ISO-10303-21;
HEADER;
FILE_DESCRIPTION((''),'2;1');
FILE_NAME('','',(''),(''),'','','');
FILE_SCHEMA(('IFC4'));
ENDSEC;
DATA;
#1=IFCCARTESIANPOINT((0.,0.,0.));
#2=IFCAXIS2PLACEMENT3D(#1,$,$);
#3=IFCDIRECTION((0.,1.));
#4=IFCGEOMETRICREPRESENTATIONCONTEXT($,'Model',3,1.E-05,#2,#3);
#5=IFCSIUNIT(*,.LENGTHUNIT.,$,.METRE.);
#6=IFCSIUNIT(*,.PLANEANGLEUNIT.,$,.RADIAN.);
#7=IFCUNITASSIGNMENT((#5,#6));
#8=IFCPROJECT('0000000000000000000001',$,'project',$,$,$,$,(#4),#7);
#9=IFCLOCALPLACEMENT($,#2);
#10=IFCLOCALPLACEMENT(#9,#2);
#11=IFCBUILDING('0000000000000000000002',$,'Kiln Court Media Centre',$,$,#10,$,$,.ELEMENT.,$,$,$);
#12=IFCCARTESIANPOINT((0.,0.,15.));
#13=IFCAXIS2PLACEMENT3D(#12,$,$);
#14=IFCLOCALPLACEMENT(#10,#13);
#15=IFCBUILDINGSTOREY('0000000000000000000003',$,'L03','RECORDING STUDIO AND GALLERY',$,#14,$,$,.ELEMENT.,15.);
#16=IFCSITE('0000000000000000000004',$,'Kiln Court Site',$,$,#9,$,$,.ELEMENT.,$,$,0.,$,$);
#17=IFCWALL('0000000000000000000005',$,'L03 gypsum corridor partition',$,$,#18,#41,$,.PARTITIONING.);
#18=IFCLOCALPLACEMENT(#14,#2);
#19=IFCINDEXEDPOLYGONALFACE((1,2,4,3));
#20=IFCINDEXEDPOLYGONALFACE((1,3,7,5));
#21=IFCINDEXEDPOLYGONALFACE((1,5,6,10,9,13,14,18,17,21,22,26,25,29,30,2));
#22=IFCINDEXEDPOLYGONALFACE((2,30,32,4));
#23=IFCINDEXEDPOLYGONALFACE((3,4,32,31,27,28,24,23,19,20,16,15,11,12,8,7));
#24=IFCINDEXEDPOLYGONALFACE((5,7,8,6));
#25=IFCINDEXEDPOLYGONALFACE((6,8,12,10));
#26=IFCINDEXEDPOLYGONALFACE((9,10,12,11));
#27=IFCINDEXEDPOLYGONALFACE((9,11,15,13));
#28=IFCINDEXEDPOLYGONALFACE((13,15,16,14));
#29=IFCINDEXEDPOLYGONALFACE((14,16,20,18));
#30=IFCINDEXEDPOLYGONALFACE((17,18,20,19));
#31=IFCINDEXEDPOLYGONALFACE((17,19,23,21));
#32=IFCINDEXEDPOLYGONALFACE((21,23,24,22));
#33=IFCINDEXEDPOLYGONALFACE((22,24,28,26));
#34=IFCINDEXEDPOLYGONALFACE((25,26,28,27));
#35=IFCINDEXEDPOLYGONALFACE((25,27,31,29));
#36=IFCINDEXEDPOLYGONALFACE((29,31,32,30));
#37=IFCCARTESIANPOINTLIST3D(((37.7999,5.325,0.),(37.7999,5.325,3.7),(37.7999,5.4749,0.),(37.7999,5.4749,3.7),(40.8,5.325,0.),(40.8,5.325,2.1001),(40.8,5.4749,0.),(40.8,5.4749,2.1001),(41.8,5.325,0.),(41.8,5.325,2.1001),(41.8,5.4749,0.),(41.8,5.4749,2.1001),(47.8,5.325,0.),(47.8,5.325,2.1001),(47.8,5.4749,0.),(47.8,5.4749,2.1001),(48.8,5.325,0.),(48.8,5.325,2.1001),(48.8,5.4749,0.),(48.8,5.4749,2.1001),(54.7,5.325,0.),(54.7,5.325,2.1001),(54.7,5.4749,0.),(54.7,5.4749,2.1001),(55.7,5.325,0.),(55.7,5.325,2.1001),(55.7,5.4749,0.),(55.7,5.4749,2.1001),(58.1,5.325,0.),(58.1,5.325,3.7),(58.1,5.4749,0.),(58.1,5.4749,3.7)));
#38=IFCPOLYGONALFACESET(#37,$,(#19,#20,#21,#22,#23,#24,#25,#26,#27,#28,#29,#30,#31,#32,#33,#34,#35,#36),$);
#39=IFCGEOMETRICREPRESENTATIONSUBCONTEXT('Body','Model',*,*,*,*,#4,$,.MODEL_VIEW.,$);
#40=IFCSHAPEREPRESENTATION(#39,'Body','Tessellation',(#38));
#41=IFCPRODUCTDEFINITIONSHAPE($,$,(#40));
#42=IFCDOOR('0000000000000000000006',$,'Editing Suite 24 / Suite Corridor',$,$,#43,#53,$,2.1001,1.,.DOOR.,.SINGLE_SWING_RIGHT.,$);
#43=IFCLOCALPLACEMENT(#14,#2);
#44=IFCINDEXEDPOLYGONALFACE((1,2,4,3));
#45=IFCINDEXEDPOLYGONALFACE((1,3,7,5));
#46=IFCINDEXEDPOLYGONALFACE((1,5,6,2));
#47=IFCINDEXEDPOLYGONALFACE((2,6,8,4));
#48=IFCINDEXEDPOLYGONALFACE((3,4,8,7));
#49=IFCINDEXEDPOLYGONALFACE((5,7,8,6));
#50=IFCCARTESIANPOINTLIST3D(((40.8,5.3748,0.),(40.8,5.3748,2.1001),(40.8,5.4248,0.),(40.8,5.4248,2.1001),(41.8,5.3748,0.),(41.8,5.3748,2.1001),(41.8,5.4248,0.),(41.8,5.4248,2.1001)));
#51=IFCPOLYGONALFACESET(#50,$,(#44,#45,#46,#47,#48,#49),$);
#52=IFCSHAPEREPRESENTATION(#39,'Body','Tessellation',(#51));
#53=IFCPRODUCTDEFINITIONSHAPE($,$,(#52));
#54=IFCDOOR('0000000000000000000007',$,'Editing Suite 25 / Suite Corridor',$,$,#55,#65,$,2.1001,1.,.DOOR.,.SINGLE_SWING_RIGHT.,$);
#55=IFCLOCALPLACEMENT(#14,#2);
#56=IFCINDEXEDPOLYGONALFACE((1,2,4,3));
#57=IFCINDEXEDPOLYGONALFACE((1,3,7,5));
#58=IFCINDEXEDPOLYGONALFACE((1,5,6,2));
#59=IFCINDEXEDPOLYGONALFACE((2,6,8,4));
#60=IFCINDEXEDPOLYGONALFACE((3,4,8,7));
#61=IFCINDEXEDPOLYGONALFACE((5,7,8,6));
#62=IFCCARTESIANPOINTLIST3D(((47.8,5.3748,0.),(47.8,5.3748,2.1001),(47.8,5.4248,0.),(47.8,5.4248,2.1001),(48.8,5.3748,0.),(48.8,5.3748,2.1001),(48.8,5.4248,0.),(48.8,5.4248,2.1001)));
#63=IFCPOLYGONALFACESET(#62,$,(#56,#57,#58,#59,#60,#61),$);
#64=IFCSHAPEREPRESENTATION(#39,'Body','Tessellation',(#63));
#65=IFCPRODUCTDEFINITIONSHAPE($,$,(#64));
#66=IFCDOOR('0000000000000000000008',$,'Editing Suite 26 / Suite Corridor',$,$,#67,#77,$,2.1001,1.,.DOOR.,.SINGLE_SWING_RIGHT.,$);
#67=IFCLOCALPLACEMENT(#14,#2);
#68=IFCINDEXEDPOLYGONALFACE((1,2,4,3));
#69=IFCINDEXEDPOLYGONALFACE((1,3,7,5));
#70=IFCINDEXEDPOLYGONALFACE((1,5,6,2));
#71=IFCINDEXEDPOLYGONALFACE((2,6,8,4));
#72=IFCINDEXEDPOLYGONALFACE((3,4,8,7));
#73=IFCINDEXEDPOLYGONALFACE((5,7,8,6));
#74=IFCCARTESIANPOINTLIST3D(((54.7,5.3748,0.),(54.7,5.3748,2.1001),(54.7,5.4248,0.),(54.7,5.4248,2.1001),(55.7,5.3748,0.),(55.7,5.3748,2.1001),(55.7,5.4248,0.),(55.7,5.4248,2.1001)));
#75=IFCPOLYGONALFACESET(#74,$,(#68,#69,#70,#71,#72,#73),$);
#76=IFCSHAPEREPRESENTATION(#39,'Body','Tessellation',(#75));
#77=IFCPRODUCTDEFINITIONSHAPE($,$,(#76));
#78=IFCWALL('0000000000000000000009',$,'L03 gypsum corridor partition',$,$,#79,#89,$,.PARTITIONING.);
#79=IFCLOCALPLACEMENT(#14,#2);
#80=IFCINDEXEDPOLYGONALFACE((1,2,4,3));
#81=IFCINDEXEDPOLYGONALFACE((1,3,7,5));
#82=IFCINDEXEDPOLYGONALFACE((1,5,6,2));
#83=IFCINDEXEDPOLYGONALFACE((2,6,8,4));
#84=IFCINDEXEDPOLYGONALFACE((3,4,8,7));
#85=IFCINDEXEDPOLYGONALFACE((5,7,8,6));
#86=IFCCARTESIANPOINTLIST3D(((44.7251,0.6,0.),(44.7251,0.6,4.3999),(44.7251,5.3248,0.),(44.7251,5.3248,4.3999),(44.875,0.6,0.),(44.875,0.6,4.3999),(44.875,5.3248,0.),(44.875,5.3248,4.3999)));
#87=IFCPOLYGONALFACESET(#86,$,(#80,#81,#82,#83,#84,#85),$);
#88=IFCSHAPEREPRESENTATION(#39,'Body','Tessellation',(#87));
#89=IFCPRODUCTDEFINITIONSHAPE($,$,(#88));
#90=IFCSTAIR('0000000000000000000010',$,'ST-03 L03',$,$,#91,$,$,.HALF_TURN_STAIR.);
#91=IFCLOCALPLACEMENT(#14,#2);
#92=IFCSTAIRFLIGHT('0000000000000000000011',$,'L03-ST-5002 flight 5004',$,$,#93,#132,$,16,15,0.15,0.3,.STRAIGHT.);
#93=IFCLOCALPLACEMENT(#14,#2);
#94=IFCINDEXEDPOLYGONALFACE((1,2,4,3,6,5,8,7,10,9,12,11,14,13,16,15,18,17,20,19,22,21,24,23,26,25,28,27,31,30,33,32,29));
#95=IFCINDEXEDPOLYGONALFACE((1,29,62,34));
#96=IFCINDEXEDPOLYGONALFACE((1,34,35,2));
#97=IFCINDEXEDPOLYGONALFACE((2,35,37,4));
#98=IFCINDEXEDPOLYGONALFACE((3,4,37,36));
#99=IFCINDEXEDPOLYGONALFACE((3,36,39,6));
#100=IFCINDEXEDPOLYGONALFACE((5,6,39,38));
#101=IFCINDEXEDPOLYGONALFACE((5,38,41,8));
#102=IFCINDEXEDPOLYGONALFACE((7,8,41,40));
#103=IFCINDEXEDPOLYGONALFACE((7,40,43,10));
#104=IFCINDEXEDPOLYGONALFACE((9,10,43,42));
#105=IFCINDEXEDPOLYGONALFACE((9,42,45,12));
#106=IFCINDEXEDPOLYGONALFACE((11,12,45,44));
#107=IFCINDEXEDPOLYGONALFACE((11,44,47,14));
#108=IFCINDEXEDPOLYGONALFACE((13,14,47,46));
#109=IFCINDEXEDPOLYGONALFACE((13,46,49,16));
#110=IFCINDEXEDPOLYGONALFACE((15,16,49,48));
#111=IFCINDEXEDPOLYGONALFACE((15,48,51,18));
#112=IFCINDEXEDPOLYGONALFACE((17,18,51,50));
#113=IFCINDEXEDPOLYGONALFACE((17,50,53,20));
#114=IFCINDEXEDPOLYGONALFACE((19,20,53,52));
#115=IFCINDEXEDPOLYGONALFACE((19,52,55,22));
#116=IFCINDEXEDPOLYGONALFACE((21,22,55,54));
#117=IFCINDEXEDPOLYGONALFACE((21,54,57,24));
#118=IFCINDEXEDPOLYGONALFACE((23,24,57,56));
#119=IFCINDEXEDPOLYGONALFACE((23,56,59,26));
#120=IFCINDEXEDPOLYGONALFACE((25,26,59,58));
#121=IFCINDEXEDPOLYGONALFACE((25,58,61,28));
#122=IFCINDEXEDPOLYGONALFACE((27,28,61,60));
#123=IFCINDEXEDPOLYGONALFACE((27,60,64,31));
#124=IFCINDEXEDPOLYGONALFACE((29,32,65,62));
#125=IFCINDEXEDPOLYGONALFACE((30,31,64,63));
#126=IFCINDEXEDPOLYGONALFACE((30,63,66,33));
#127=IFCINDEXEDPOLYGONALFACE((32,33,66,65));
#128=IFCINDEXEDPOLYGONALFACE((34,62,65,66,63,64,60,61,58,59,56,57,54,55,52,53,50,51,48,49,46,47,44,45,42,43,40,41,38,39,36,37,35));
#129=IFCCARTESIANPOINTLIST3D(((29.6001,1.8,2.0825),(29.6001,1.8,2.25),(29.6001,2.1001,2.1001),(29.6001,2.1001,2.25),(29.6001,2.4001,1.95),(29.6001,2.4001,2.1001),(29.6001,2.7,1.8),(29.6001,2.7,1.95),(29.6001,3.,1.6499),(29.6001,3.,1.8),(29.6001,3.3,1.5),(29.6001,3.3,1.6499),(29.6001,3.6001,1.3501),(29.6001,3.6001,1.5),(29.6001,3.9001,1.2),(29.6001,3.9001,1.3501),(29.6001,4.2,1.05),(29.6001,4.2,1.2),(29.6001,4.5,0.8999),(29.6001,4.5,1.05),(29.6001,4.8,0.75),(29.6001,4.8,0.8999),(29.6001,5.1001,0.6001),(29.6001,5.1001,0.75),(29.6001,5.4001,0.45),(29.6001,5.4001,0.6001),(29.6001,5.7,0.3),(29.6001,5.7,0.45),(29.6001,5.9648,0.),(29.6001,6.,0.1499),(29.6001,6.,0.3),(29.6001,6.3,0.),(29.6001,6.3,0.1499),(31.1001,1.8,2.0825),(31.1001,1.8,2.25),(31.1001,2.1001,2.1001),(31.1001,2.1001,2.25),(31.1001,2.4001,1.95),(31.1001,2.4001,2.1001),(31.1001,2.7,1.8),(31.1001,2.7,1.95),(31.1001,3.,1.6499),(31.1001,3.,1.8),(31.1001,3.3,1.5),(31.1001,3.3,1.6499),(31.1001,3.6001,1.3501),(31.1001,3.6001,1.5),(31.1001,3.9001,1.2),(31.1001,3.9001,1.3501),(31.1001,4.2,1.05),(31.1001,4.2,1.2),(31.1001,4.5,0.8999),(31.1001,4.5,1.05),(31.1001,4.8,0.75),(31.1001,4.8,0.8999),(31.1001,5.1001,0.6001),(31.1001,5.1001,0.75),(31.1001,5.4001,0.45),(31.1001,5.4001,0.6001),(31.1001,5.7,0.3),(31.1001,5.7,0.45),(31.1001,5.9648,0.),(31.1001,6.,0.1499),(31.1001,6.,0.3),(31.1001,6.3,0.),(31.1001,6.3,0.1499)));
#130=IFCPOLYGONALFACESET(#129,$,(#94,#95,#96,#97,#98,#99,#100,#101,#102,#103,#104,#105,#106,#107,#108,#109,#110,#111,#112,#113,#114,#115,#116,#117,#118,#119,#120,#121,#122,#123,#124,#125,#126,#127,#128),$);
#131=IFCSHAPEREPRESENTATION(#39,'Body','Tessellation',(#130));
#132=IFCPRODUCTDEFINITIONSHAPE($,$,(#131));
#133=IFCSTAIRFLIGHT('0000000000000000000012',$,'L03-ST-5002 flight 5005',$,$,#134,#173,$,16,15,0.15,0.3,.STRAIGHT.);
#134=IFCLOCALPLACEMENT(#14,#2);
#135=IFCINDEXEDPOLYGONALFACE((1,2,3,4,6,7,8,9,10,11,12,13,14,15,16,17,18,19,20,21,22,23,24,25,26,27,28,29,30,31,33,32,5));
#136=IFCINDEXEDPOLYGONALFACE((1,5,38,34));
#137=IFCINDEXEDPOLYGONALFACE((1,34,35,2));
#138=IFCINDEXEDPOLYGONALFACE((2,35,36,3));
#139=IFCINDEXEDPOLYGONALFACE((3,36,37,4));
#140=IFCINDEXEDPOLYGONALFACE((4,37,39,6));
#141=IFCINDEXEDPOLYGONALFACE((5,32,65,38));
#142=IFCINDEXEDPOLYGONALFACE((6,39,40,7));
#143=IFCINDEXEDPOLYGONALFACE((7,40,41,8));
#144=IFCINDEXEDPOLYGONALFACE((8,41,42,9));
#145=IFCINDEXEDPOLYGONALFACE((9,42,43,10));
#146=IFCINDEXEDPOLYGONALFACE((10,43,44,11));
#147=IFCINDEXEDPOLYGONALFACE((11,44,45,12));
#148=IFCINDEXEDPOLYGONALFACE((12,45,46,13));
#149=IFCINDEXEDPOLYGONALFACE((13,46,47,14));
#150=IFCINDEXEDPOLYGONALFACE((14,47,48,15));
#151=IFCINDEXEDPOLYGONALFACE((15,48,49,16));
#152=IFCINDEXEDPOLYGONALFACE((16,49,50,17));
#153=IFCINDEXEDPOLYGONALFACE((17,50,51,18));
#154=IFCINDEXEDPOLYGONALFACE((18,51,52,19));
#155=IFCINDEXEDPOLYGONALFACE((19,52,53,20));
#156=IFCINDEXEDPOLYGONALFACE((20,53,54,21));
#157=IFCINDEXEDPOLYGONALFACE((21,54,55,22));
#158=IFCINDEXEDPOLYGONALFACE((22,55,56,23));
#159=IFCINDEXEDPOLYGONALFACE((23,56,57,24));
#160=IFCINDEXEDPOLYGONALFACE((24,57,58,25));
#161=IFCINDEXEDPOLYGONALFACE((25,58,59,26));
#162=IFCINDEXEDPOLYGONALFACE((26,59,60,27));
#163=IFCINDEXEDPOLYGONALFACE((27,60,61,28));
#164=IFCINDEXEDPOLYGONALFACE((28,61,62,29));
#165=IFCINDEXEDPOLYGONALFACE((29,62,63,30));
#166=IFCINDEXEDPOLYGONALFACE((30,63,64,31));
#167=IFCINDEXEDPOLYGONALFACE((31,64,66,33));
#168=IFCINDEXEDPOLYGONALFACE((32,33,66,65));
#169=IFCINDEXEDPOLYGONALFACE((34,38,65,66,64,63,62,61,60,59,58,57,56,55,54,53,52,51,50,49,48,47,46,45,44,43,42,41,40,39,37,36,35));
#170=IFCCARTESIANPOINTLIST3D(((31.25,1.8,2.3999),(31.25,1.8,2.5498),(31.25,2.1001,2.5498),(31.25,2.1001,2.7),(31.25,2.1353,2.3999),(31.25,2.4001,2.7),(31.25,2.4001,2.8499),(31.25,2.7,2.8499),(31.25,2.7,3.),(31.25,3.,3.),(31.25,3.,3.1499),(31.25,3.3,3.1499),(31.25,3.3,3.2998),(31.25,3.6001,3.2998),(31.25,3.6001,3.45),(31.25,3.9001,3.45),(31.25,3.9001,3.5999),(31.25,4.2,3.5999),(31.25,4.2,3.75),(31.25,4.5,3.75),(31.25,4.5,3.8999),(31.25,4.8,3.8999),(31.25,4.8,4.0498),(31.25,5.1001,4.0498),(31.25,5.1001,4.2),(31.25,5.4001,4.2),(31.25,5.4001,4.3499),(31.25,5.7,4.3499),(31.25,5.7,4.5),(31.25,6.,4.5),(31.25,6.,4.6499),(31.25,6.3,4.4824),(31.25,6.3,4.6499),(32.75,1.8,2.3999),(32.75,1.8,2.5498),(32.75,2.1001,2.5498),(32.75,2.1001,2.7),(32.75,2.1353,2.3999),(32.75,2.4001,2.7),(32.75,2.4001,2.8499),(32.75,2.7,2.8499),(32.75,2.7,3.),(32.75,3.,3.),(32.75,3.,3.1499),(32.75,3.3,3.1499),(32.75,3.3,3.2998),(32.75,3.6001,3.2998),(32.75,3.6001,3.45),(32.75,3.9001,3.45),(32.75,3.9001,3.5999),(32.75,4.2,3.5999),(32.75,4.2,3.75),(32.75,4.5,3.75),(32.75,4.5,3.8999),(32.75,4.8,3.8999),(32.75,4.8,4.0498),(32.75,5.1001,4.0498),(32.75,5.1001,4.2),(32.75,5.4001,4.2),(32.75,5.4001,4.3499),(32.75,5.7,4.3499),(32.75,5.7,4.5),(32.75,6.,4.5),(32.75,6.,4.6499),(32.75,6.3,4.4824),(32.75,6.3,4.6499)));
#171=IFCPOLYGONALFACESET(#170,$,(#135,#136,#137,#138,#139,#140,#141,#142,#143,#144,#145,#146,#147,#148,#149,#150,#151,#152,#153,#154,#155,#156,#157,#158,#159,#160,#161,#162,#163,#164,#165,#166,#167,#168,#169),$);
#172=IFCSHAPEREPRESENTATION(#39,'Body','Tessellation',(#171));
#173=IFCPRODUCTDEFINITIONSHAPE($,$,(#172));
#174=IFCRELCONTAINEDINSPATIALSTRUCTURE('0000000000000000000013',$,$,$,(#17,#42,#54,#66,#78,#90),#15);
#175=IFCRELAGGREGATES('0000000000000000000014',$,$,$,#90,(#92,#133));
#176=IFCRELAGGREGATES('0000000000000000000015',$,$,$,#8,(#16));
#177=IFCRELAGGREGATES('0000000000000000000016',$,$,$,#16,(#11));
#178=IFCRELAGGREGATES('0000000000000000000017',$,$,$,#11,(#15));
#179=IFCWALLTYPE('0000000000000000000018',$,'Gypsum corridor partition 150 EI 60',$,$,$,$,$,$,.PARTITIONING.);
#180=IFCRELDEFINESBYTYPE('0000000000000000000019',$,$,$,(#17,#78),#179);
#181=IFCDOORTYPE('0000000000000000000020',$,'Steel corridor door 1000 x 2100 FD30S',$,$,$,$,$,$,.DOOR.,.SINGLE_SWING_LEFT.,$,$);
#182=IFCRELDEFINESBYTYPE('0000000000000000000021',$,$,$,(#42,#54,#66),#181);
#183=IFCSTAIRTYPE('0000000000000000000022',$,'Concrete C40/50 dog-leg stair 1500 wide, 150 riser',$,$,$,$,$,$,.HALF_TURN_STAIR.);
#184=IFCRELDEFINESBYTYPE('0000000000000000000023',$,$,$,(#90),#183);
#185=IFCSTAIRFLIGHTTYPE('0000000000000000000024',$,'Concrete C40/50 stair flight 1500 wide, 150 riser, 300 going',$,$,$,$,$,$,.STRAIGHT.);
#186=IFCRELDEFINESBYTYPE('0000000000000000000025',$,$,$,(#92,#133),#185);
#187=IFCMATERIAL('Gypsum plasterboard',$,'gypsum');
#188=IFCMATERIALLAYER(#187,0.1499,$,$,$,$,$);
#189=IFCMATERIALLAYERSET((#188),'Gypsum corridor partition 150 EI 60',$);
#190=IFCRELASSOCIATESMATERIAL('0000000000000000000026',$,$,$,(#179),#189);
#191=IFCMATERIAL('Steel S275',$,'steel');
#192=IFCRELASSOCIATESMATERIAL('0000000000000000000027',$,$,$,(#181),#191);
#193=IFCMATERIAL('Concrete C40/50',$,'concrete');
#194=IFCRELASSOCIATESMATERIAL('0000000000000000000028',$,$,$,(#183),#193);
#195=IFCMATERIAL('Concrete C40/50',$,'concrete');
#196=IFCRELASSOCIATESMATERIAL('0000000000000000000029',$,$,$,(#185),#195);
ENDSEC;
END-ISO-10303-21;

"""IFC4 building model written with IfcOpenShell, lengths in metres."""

from ifc_helpers import new_model, si_unit, direction, frame, frame_2d, origin, place, context, subcontext, project, spatial, polyline, rectangle, outline, extrude, material, layer, layer_set, type_object, element, fill, aggregate, save


model = new_model("IFC4")

# Units and contexts
model_context = context("Model", 3, precision=1e-05, world=origin(), true_north=direction((0.0, 1.0)))
body_context = subcontext(model_context, "Body", "Model", "MODEL_VIEW")
ifc_project = project(units=[si_unit("LENGTHUNIT", "METRE"), si_unit("PLANEANGLEUNIT", "RADIAN")], contexts=[model_context])

# Site, building, storey
site_placement = place(None, origin())
site = spatial("IfcSite", under=ifc_project, at=site_placement, Name="Kiln Court Site", CompositionType="ELEMENT", RefElevation=0.0)
building_placement = place(site_placement, origin())
building = spatial("IfcBuilding", under=site, at=building_placement, Name="Kiln Court Media Centre", CompositionType="ELEMENT")
storey_placement = place(building_placement, frame((0.0, 0.0, 15.0)))
storey = spatial("IfcBuildingStorey", under=building, at=storey_placement, Name="L03", Description="RECORDING STUDIO AND GALLERY", CompositionType="ELEMENT", Elevation=15.0)

# Wall, openings, doors
ifc_material_1 = material(Name="Gypsum plasterboard", Category="gypsum")
ifc_layer_1 = layer(ifc_material_1, 0.1499)
ifc_layer_set_1 = layer_set([ifc_layer_1], Name="Gypsum corridor partition 150 EI 60")
wall_type_1 = type_object("IfcWallType", Name="Gypsum corridor partition 150 EI 60", PredefinedType="PARTITIONING", material=ifc_layer_set_1)
wall_1_placement = place(storey_placement, frame((37.8, 5.3999, 0.0), z_axis=(0.0, 0.0, 1.0), x_axis=(1.0, 0.0, 0.0)))
wall_1 = element("IfcWall", 1, at=wall_1_placement, inside=storey, type_object=wall_type_1, Name="L03 gypsum corridor partition", PredefinedType="PARTITIONING", context=body_context, shape_type="SweptSolid", body=[
    extrude(rectangle(XDim=20.3, YDim=0.1499, at=frame_2d((10.1499, 0.0))), origin(), (0.0, 0.0, 1.0), 3.7),
])
opening_1_placement = place(wall_1_placement, frame((3.0, 0.0, 0.0)))
opening_1 = element("IfcOpeningElement", 2, at=opening_1_placement, cuts=wall_1, PredefinedType="OPENING", context=body_context, shape_type="SweptSolid", body=[
    extrude(rectangle(XDim=1.0, YDim=2.1001, at=frame_2d((0.5, 1.05))), frame((0.0, 0.085, 0.0), z_axis=(0.0, -1.0, 0.0), x_axis=(1.0, 0.0, 0.0)), (0.0, 0.0, 1.0), 0.1699),
])
opening_2_placement = place(wall_1_placement, frame((10.0, 0.0, 0.0)))
opening_2 = element("IfcOpeningElement", 3, at=opening_2_placement, cuts=wall_1, PredefinedType="OPENING", context=body_context, shape_type="SweptSolid", body=[
    extrude(rectangle(XDim=1.0, YDim=2.1001, at=frame_2d((0.5, 1.05))), frame((0.0, 0.085, 0.0), z_axis=(0.0, -1.0, 0.0), x_axis=(1.0, 0.0, 0.0)), (0.0, 0.0, 1.0), 0.1699),
])
opening_3_placement = place(wall_1_placement, frame((16.8999, 0.0, 0.0)))
opening_3 = element("IfcOpeningElement", 4, at=opening_3_placement, cuts=wall_1, PredefinedType="OPENING", context=body_context, shape_type="SweptSolid", body=[
    extrude(rectangle(XDim=1.0, YDim=2.1001, at=frame_2d((0.5, 1.05))), frame((0.0, 0.085, 0.0), z_axis=(0.0, -1.0, 0.0), x_axis=(1.0, 0.0, 0.0)), (0.0, 0.0, 1.0), 0.1699),
])
ifc_material_2 = material(Name="Steel S275", Category="steel")
door_type_1 = type_object("IfcDoorType", Name="Steel corridor door 1000 x 2100 FD30S", OperationType="SINGLE_SWING_LEFT", PredefinedType="DOOR", material=ifc_material_2)
door_1_placement = place(opening_1_placement, origin())
door_1 = element("IfcDoor", 5, at=door_1_placement, inside=storey, type_object=door_type_1, Name="Editing Suite 24 / Suite Corridor", OperationType="SINGLE_SWING_RIGHT", OverallHeight=2.1001, OverallWidth=1.0, PredefinedType="DOOR", context=body_context, shape_type="SweptSolid", body=[
    extrude(rectangle(XDim=1.0, YDim=2.1001, at=frame_2d((0.5, 1.05))), frame((0.0, 0.0249, 0.0), z_axis=(0.0, -1.0, 0.0), x_axis=(1.0, 0.0, 0.0)), (0.0, 0.0, 1.0), 0.05),
])
fill(opening_1, door_1)
door_2_placement = place(opening_2_placement, origin())
door_2 = element("IfcDoor", 6, at=door_2_placement, inside=storey, type_object=door_type_1, Name="Editing Suite 25 / Suite Corridor", OperationType="SINGLE_SWING_RIGHT", OverallHeight=2.1001, OverallWidth=1.0, PredefinedType="DOOR", context=body_context, shape_type="SweptSolid", body=[
    extrude(rectangle(XDim=1.0, YDim=2.1001, at=frame_2d((0.5, 1.05))), frame((0.0, 0.0249, 0.0), z_axis=(0.0, -1.0, 0.0), x_axis=(1.0, 0.0, 0.0)), (0.0, 0.0, 1.0), 0.05),
])
fill(opening_2, door_2)
door_3_placement = place(opening_3_placement, origin())
door_3 = element("IfcDoor", 7, at=door_3_placement, inside=storey, type_object=door_type_1, Name="Editing Suite 26 / Suite Corridor", OperationType="SINGLE_SWING_RIGHT", OverallHeight=2.1001, OverallWidth=1.0, PredefinedType="DOOR", context=body_context, shape_type="SweptSolid", body=[
    extrude(rectangle(XDim=1.0, YDim=2.1001, at=frame_2d((0.5, 1.05))), frame((0.0, 0.0249, 0.0), z_axis=(0.0, -1.0, 0.0), x_axis=(1.0, 0.0, 0.0)), (0.0, 0.0, 1.0), 0.05),
])
fill(opening_3, door_3)

# Wall
wall_2_placement = place(storey_placement, frame((44.8, 0.6001, 0.0), z_axis=(0.0, 0.0, 1.0), x_axis=(0.0, 1.0, 0.0)))
element("IfcWall", 8, at=wall_2_placement, inside=storey, type_object=wall_type_1, Name="L03 gypsum corridor partition", PredefinedType="PARTITIONING", context=body_context, shape_type="SweptSolid", body=[
    extrude(rectangle(XDim=4.7249, YDim=0.1499, at=frame_2d((2.3623, 0.0))), origin(), (0.0, 0.0, 1.0), 4.3999),
])

# Stair, stair flights
ifc_material_3 = material(Name="Concrete C40/50", Category="concrete")
stair_type = type_object("IfcStairType", Name="Concrete C40/50 dog-leg stair 1500 wide, 150 riser", PredefinedType="HALF_TURN_STAIR", material=ifc_material_3)
stair_placement = place(storey_placement, origin())
stair = element("IfcStair", 9, at=stair_placement, inside=storey, type_object=stair_type, Name="ST-03 L03", PredefinedType="HALF_TURN_STAIR")
ifc_material_4 = material(Name="Concrete C40/50", Category="concrete")
stair_flight_type = type_object("IfcStairFlightType", Name="Concrete C40/50 stair flight 1500 wide, 150 riser, 300 going", PredefinedType="STRAIGHT", material=ifc_material_4)
stair_flight_1_placement = place(storey_placement, frame((30.3501, 6.3, 0.0), z_axis=(0.0, 0.0, 1.0), x_axis=(0.0, -1.0, 0.0)))
stair_flight_1 = element("IfcStairFlight", 10, at=stair_flight_1_placement, type_object=stair_flight_type, Name="L03-ST-5002 flight 5004", NumberOfRisers=16, NumberOfTreads=15, PredefinedType="STRAIGHT", RiserHeight=0.15, TreadLength=0.3, context=body_context, shape_type="SweptSolid", body=[
    extrude(outline(polyline([(0.0, 0.0), (0.0, 0.1499), (0.3, 0.1499), (0.3, 0.3), (0.6001, 0.3), (0.6001, 0.45), (0.8999, 0.45), (0.8999, 0.6001), (1.2, 0.6001), (1.2, 0.75), (1.5, 0.75), (1.5, 0.8999), (1.8, 0.8999), (1.8, 1.05), (2.1001, 1.05), (2.1001, 1.2), (2.3999, 1.2), (2.3999, 1.3501), (2.7, 1.3501), (2.7, 1.5), (3.0, 1.5), (3.0, 1.6499), (3.3, 1.6499), (3.3, 1.8), (3.6001, 1.8), (3.6001, 1.95), (3.8999, 1.95), (3.8999, 2.1001), (4.2, 2.1001), (4.2, 2.25), (4.5, 2.25), (4.5, 2.3999), (4.5, 2.0825), (0.3352, 0.0), (0.0, 0.0)])), frame((0.0, 0.75, 0.0), z_axis=(0.0, -1.0, 0.0), x_axis=(1.0, 0.0, 0.0)), (0.0, 0.0, 1.0), 1.5),
])
stair_flight_2_placement = place(storey_placement, frame((32.0, 1.8, 2.3999), z_axis=(0.0, 0.0, 1.0), x_axis=(0.0, 1.0, 0.0)))
stair_flight_2 = element("IfcStairFlight", 11, at=stair_flight_2_placement, type_object=stair_flight_type, Name="L03-ST-5002 flight 5005", NumberOfRisers=16, NumberOfTreads=15, PredefinedType="STRAIGHT", RiserHeight=0.15, TreadLength=0.3, context=body_context, shape_type="SweptSolid", body=[
    extrude(outline(polyline([(0.0, 0.0), (0.0, 0.1499), (0.3, 0.1499), (0.3, 0.3), (0.6001, 0.3), (0.6001, 0.45), (0.8999, 0.45), (0.8999, 0.6001), (1.2, 0.6001), (1.2, 0.75), (1.5, 0.75), (1.5, 0.8999), (1.8, 0.8999), (1.8, 1.05), (2.1001, 1.05), (2.1001, 1.2), (2.3999, 1.2), (2.3999, 1.3501), (2.7, 1.3501), (2.7, 1.5), (3.0, 1.5), (3.0, 1.6499), (3.3, 1.6499), (3.3, 1.8), (3.6001, 1.8), (3.6001, 1.95), (3.8999, 1.95), (3.8999, 2.1001), (4.2, 2.1001), (4.2, 2.25), (4.5, 2.25), (4.5, 2.3999), (4.5, 2.0825), (0.3352, 0.0), (0.0, 0.0)])), frame((0.0, 0.75, 0.0), z_axis=(0.0, -1.0, 0.0), x_axis=(1.0, 0.0, 0.0)), (0.0, 0.0, 1.0), 1.5),
])
aggregate(stair, [stair_flight_1, stair_flight_2])

save(model, "model.ifc")
